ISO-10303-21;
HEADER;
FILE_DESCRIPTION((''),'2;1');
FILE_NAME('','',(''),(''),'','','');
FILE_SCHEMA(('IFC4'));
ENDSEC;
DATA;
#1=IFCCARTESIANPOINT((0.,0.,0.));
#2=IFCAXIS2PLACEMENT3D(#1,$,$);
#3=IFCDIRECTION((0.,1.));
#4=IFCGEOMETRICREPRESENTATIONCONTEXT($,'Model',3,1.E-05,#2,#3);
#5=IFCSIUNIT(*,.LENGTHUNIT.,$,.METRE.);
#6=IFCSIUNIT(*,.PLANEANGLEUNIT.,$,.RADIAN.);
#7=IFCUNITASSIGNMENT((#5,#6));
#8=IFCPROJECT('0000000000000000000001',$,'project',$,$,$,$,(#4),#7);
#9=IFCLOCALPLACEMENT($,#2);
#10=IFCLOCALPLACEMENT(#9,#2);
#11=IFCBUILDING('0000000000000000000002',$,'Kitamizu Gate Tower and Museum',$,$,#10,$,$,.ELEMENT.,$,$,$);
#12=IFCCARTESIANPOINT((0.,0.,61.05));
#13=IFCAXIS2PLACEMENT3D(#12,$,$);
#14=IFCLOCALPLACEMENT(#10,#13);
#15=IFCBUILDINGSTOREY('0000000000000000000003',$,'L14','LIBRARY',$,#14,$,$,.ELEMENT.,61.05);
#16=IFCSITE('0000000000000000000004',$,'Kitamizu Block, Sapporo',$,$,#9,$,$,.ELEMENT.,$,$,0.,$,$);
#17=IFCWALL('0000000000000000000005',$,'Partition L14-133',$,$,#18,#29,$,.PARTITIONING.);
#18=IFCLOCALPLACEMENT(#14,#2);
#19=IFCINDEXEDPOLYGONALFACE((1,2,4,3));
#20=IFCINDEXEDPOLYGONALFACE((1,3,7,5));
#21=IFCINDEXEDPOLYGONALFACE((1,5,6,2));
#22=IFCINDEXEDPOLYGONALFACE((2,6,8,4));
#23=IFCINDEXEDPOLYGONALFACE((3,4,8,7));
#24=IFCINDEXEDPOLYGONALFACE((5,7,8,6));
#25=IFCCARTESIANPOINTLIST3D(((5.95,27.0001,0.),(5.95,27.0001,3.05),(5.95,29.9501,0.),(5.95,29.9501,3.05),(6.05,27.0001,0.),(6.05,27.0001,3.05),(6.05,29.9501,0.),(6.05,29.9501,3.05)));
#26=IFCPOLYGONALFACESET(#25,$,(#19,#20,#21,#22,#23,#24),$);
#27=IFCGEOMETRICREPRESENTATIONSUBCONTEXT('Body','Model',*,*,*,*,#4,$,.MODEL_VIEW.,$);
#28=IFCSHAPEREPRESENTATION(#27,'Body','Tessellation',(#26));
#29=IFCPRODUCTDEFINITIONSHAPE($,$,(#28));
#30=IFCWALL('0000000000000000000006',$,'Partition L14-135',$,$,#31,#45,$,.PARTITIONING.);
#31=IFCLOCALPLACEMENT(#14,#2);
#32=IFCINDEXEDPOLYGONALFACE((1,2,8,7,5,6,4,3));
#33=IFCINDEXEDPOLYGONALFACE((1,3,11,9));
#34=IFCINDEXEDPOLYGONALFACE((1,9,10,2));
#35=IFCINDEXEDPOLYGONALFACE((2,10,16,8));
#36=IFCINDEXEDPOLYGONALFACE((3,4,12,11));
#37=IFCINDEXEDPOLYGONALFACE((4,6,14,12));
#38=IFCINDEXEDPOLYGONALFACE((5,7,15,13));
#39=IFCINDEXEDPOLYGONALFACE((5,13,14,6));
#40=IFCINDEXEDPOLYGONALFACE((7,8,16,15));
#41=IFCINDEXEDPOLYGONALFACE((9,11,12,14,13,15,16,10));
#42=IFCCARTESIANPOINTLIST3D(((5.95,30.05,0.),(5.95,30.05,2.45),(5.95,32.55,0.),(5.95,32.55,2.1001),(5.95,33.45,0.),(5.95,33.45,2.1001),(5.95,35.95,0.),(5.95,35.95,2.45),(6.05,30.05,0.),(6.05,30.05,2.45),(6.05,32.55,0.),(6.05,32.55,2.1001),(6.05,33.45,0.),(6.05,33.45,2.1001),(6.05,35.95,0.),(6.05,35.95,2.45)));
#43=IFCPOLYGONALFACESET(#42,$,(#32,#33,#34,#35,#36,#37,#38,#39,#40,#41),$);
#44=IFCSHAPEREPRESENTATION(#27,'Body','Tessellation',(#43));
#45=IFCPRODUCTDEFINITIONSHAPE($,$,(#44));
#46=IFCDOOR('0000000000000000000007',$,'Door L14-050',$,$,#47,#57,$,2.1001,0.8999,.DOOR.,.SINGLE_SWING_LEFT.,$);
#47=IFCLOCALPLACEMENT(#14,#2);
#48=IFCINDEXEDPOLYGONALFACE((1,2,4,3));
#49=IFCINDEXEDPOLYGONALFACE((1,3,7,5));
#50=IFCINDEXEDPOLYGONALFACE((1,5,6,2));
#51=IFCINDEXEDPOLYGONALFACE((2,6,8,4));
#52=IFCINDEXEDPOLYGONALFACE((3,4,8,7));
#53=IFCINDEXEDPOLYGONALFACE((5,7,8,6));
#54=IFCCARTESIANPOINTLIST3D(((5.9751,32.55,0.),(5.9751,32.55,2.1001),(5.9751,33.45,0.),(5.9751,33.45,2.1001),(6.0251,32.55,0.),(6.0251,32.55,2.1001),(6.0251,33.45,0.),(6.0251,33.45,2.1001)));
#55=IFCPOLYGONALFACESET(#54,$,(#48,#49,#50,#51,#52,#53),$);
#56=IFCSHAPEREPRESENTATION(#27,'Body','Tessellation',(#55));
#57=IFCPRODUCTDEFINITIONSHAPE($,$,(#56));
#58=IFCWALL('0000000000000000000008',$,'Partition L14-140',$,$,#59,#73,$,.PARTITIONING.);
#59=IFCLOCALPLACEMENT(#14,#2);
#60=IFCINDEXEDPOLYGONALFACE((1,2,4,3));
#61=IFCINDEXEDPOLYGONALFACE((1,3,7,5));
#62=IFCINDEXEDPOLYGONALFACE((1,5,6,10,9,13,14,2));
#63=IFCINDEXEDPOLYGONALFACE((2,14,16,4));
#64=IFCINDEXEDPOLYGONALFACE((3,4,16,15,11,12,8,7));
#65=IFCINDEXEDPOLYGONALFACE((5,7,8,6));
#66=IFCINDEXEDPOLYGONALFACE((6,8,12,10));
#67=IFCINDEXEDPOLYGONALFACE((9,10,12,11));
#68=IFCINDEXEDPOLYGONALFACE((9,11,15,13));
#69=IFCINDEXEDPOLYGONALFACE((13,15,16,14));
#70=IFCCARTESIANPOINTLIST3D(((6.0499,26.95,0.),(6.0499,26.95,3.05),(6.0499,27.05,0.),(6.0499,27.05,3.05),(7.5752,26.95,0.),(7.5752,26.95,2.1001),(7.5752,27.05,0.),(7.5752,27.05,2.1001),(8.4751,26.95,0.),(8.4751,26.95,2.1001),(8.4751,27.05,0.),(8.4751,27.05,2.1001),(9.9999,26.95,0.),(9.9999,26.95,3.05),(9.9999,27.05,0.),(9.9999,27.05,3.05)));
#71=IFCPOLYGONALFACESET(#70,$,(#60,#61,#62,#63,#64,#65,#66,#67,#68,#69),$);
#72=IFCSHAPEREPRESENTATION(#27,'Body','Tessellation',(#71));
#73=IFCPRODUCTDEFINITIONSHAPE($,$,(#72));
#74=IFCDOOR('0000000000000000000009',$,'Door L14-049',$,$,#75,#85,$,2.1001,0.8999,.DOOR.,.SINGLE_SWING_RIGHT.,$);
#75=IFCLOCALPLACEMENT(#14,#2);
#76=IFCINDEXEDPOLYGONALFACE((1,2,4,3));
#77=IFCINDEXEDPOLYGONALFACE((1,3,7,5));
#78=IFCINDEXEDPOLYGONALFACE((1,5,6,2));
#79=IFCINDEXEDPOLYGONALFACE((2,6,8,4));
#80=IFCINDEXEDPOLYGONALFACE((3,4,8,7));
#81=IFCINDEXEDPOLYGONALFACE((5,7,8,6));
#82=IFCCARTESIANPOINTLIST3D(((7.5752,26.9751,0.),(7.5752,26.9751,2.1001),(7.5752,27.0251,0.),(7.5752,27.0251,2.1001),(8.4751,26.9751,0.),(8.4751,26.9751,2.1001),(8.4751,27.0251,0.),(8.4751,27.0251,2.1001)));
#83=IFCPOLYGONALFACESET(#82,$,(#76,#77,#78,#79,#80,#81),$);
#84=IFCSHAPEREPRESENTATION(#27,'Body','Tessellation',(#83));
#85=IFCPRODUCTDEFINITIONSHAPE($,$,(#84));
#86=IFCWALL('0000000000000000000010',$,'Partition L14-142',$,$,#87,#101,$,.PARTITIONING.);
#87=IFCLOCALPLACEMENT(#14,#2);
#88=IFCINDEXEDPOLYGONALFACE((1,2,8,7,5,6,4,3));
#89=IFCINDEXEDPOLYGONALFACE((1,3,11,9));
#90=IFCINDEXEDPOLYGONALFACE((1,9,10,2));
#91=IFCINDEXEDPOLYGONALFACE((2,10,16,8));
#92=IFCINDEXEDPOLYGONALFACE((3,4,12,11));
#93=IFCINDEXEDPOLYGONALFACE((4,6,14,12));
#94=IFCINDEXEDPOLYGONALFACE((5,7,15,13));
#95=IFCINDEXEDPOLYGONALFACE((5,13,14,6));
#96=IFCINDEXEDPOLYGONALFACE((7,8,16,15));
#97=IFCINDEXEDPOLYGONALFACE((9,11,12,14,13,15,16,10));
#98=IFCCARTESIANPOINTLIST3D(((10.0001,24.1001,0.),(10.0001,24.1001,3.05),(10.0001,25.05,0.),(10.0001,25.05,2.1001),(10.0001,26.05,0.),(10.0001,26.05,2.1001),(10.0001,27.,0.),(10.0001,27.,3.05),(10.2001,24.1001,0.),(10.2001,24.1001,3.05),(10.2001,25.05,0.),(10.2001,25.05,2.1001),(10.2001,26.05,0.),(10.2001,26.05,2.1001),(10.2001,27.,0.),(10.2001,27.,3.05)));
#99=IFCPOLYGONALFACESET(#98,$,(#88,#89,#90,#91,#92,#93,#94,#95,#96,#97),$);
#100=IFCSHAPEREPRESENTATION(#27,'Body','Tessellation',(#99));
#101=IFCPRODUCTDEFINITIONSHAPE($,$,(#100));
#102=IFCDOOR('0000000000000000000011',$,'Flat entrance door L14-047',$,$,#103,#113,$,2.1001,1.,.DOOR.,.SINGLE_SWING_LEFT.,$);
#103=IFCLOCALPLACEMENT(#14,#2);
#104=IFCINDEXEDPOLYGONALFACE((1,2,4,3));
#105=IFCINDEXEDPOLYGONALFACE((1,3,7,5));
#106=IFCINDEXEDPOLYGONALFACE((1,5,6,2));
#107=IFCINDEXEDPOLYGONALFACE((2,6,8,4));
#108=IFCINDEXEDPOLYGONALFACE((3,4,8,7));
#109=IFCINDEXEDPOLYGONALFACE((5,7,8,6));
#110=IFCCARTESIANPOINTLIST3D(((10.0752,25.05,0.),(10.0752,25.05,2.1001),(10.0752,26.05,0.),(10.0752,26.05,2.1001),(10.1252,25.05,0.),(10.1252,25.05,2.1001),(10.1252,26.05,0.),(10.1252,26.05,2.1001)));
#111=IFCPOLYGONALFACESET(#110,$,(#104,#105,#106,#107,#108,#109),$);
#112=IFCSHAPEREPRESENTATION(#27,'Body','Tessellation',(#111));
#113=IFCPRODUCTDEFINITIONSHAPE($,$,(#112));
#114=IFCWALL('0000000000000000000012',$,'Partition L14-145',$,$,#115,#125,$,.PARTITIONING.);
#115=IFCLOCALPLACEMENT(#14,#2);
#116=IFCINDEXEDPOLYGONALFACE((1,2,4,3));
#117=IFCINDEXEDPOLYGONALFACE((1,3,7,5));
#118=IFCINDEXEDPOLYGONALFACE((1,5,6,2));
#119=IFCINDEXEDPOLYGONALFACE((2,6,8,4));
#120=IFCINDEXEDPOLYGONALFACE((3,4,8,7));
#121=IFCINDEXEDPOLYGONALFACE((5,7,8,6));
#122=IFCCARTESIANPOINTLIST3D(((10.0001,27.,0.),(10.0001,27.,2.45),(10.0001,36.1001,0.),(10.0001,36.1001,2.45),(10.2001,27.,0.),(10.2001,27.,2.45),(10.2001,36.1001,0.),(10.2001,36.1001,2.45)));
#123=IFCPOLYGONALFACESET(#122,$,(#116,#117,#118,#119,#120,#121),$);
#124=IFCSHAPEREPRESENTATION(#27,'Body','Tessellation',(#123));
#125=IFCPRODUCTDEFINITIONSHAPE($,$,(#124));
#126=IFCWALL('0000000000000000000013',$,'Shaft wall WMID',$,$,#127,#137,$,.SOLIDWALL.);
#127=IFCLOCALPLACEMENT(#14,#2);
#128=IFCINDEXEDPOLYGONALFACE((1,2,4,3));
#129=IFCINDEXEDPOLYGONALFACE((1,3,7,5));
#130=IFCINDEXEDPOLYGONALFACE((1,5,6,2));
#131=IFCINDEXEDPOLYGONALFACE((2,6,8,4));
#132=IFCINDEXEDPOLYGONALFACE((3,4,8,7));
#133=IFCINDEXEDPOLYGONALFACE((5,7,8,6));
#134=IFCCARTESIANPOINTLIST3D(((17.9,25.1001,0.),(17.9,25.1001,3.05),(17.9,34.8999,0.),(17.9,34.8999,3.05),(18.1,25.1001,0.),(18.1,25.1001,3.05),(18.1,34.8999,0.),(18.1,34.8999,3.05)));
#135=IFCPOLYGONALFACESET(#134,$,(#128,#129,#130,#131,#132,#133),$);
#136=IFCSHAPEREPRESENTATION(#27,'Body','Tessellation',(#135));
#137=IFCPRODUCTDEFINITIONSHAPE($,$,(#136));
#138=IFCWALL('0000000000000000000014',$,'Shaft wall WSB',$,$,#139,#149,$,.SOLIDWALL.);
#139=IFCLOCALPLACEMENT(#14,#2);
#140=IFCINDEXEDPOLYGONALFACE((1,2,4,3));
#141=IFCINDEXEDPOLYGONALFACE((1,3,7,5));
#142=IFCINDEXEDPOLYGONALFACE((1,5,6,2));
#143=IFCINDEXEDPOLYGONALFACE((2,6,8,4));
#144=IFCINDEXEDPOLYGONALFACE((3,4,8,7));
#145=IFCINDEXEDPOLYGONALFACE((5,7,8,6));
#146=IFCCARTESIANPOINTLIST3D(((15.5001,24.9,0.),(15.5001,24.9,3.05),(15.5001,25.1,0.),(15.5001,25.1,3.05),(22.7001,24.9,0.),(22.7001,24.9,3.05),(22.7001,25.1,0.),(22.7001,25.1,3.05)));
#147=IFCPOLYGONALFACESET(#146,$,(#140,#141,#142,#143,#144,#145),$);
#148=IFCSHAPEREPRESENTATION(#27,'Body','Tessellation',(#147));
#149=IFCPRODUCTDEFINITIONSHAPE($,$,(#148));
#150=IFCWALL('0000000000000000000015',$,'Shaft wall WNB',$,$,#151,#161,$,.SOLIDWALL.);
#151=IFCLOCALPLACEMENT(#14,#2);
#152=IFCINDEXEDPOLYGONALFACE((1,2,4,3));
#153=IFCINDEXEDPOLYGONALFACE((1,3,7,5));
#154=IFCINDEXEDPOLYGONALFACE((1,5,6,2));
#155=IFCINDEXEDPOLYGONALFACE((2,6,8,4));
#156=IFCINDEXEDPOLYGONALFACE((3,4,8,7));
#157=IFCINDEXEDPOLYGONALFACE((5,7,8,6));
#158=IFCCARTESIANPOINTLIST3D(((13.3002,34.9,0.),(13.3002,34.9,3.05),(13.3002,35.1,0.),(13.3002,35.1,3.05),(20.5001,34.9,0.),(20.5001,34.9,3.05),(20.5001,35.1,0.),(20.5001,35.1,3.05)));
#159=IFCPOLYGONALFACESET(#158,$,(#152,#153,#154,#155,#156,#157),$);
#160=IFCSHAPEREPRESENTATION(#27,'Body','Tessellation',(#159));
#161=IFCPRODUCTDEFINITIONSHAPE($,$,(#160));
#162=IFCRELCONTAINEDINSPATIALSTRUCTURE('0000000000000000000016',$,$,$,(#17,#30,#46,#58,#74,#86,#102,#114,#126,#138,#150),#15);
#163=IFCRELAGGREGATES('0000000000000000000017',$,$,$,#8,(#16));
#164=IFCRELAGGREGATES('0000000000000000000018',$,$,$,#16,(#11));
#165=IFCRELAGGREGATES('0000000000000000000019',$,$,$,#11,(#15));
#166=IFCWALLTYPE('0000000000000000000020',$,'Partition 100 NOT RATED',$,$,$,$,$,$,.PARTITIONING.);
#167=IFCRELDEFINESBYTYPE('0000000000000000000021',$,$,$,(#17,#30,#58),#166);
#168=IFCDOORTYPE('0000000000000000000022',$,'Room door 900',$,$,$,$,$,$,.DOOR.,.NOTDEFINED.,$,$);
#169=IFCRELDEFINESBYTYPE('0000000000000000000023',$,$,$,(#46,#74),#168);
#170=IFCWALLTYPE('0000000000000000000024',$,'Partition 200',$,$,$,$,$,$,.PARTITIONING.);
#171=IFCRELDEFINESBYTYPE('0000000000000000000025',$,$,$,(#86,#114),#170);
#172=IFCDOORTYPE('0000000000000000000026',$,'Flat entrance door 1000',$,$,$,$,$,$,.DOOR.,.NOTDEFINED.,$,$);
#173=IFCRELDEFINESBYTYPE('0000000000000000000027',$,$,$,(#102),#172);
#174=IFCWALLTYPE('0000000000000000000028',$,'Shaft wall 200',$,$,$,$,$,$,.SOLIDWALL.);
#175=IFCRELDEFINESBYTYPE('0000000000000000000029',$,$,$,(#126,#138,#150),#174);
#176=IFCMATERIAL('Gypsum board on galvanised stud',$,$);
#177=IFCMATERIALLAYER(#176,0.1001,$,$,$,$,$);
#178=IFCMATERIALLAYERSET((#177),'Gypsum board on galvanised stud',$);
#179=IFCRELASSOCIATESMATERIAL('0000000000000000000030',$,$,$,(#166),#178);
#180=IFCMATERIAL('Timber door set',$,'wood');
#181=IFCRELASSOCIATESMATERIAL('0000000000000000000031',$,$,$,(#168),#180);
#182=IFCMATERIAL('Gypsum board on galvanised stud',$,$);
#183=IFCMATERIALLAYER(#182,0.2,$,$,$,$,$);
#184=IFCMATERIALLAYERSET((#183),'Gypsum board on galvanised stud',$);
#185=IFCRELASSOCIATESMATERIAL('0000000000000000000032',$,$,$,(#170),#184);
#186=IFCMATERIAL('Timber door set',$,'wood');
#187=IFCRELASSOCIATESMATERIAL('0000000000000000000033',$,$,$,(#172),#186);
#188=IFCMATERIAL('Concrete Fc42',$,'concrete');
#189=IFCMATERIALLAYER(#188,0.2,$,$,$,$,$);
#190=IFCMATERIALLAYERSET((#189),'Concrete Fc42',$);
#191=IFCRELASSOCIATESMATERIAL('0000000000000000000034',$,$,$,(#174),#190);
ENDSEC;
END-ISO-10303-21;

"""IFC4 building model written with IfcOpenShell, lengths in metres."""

from ifc_helpers import new_model, si_unit, direction, frame, frame_2d, origin, place, context, subcontext, project, spatial, rectangle, extrude, material, layer, layer_set, type_object, element, fill, save


model = new_model("IFC4")

# Units and contexts
model_context = context("Model", 3, precision=1e-05, world=origin(), true_north=direction((0.0, 1.0)))
body_context = subcontext(model_context, "Body", "Model", "MODEL_VIEW")
ifc_project = project(units=[si_unit("LENGTHUNIT", "METRE"), si_unit("PLANEANGLEUNIT", "RADIAN")], contexts=[model_context])

# Site, building, storey
site_placement = place(None, origin())
site = spatial("IfcSite", under=ifc_project, at=site_placement, Name="Kitamizu Block, Sapporo", CompositionType="ELEMENT", RefElevation=0.0)
building_placement = place(site_placement, origin())
building = spatial("IfcBuilding", under=site, at=building_placement, Name="Kitamizu Gate Tower and Museum", CompositionType="ELEMENT")
storey_placement = place(building_placement, frame((0.0, 0.0, 61.05)))
storey = spatial("IfcBuildingStorey", under=building, at=storey_placement, Name="L14", Description="LIBRARY", CompositionType="ELEMENT", Elevation=61.05)

# Wall
ifc_material_1 = material(Name="Gypsum board on galvanised stud")
ifc_layer_1 = layer(ifc_material_1, 0.1001)
ifc_layer_set_1 = layer_set([ifc_layer_1], Name="Gypsum board on galvanised stud")
wall_type_1 = type_object("IfcWallType", Name="Partition 100 NOT RATED", PredefinedType="PARTITIONING", material=ifc_layer_set_1)
wall_1_placement = place(storey_placement, frame((6.0, 27.0, 0.0), z_axis=(0.0, 0.0, 1.0), x_axis=(0.0, 1.0, 0.0)))
element("IfcWall", 1, at=wall_1_placement, inside=storey, type_object=wall_type_1, Name="Partition L14-133", PredefinedType="PARTITIONING", context=body_context, shape_type="SweptSolid", body=[
    extrude(rectangle(XDim=2.95, YDim=0.1001, at=frame_2d((1.4751, 0.0))), origin(), (0.0, 0.0, 1.0), 3.05),
])

# Walls, openings, doors
wall_2_placement = place(storey_placement, frame((6.0, 30.05, 0.0), z_axis=(0.0, 0.0, 1.0), x_axis=(0.0, 1.0, 0.0)))
wall_2 = element("IfcWall", 2, at=wall_2_placement, inside=storey, type_object=wall_type_1, Name="Partition L14-135", PredefinedType="PARTITIONING", context=body_context, shape_type="SweptSolid", body=[
    extrude(rectangle(XDim=5.8999, YDim=0.1001, at=frame_2d((2.95, 0.0))), origin(), (0.0, 0.0, 1.0), 2.45),
])
opening_1_placement = place(wall_2_placement, frame((2.5, 0.0, 0.0)))
opening_1 = element("IfcOpeningElement", 3, at=opening_1_placement, cuts=wall_2, PredefinedType="OPENING", context=body_context, shape_type="SweptSolid", body=[
    extrude(rectangle(XDim=0.8999, YDim=2.1001, at=frame_2d((0.45, 1.05))), frame((0.0, 0.0601, 0.0), z_axis=(0.0, -1.0, 0.0), x_axis=(1.0, 0.0, 0.0)), (0.0, 0.0, 1.0), 0.1201),
])
ifc_material_2 = material(Name="Timber door set", Category="wood")
door_type_1 = type_object("IfcDoorType", Name="Room door 900", OperationType="NOTDEFINED", PredefinedType="DOOR", material=ifc_material_2)
door_1_placement = place(opening_1_placement, origin())
door_1 = element("IfcDoor", 4, at=door_1_placement, inside=storey, type_object=door_type_1, Name="Door L14-050", OperationType="SINGLE_SWING_LEFT", OverallHeight=2.1001, OverallWidth=0.8999, PredefinedType="DOOR", context=body_context, shape_type="SweptSolid", body=[
    extrude(rectangle(XDim=0.8999, YDim=2.1001, at=frame_2d((0.45, 1.05))), frame((0.0, 0.0249, 0.0), z_axis=(0.0, -1.0, 0.0), x_axis=(1.0, 0.0, 0.0)), (0.0, 0.0, 1.0), 0.05),
])
fill(opening_1, door_1)
wall_3_placement = place(storey_placement, frame((10.0, 27.0, 0.0), z_axis=(0.0, 0.0, 1.0), x_axis=(-1.0, 0.0, 0.0)))
wall_3 = element("IfcWall", 5, at=wall_3_placement, inside=storey, type_object=wall_type_1, Name="Partition L14-140", PredefinedType="PARTITIONING", context=body_context, shape_type="SweptSolid", body=[
    extrude(rectangle(XDim=3.95, YDim=0.1001, at=frame_2d((1.9751, 0.0))), origin(), (0.0, 0.0, 1.0), 3.05),
])
opening_2_placement = place(wall_3_placement, frame((1.5249, 0.0, 0.0)))
opening_2 = element("IfcOpeningElement", 6, at=opening_2_placement, cuts=wall_3, PredefinedType="OPENING", context=body_context, shape_type="SweptSolid", body=[
    extrude(rectangle(XDim=0.8999, YDim=2.1001, at=frame_2d((0.45, 1.05))), frame((0.0, 0.0601, 0.0), z_axis=(0.0, -1.0, 0.0), x_axis=(1.0, 0.0, 0.0)), (0.0, 0.0, 1.0), 0.1201),
])
door_2_placement = place(opening_2_placement, origin())
door_2 = element("IfcDoor", 7, at=door_2_placement, inside=storey, type_object=door_type_1, Name="Door L14-049", OperationType="SINGLE_SWING_RIGHT", OverallHeight=2.1001, OverallWidth=0.8999, PredefinedType="DOOR", context=body_context, shape_type="SweptSolid", body=[
    extrude(rectangle(XDim=0.8999, YDim=2.1001, at=frame_2d((0.45, 1.05))), frame((0.0, 0.0249, 0.0), z_axis=(0.0, -1.0, 0.0), x_axis=(1.0, 0.0, 0.0)), (0.0, 0.0, 1.0), 0.05),
])
fill(opening_2, door_2)
ifc_material_3 = material(Name="Gypsum board on galvanised stud")
ifc_layer_2 = layer(ifc_material_3, 0.2)
ifc_layer_set_2 = layer_set([ifc_layer_2], Name="Gypsum board on galvanised stud")
wall_type_2 = type_object("IfcWallType", Name="Partition 200", PredefinedType="PARTITIONING", material=ifc_layer_set_2)
wall_4_placement = place(storey_placement, frame((10.1001, 24.1001, 0.0), z_axis=(0.0, 0.0, 1.0), x_axis=(0.0, 1.0, 0.0)))
wall_4 = element("IfcWall", 8, at=wall_4_placement, inside=storey, type_object=wall_type_2, Name="Partition L14-142", PredefinedType="PARTITIONING", context=body_context, shape_type="SweptSolid", body=[
    extrude(rectangle(XDim=2.8999, YDim=0.2, at=frame_2d((1.45, 0.0))), origin(), (0.0, 0.0, 1.0), 3.05),
])
opening_3_placement = place(wall_4_placement, frame((0.95, 0.0, 0.0)))
opening_3 = element("IfcOpeningElement", 9, at=opening_3_placement, cuts=wall_4, PredefinedType="OPENING", context=body_context, shape_type="SweptSolid", body=[
    extrude(rectangle(XDim=1.0, YDim=2.1001, at=frame_2d((0.5, 1.05))), frame((0.0, 0.1099, 0.0), z_axis=(0.0, -1.0, 0.0), x_axis=(1.0, 0.0, 0.0)), (0.0, 0.0, 1.0), 0.22),
])
ifc_material_4 = material(Name="Timber door set", Category="wood")
door_type_2 = type_object("IfcDoorType", Name="Flat entrance door 1000", OperationType="NOTDEFINED", PredefinedType="DOOR", material=ifc_material_4)
door_3_placement = place(opening_3_placement, origin())
door_3 = element("IfcDoor", 10, at=door_3_placement, inside=storey, type_object=door_type_2, Name="Flat entrance door L14-047", OperationType="SINGLE_SWING_LEFT", OverallHeight=2.1001, OverallWidth=1.0, PredefinedType="DOOR", context=body_context, shape_type="SweptSolid", body=[
    extrude(rectangle(XDim=1.0, YDim=2.1001, at=frame_2d((0.5, 1.05))), frame((0.0, 0.0249, 0.0), z_axis=(0.0, -1.0, 0.0), x_axis=(1.0, 0.0, 0.0)), (0.0, 0.0, 1.0), 0.05),
])
fill(opening_3, door_3)

# Walls
wall_5_placement = place(storey_placement, frame((10.1001, 27.0, 0.0), z_axis=(0.0, 0.0, 1.0), x_axis=(0.0, 1.0, 0.0)))
element("IfcWall", 11, at=wall_5_placement, inside=storey, type_object=wall_type_2, Name="Partition L14-145", PredefinedType="PARTITIONING", context=body_context, shape_type="SweptSolid", body=[
    extrude(rectangle(XDim=9.1001, YDim=0.2, at=frame_2d((4.55, 0.0))), origin(), (0.0, 0.0, 1.0), 2.45),
])
ifc_material_5 = material(Name="Concrete Fc42", Category="concrete")
ifc_layer_3 = layer(ifc_material_5, 0.2)
ifc_layer_set_3 = layer_set([ifc_layer_3], Name="Concrete Fc42")
wall_type_3 = type_object("IfcWallType", Name="Shaft wall 200", PredefinedType="SOLIDWALL", material=ifc_layer_set_3)
wall_6_placement = place(storey_placement, frame((18.0, 25.1001, 0.0), z_axis=(0.0, 0.0, 1.0), x_axis=(0.0, 1.0, 0.0)))
element("IfcWall", 12, at=wall_6_placement, inside=storey, type_object=wall_type_3, Name="Shaft wall WMID", PredefinedType="SOLIDWALL", context=body_context, shape_type="SweptSolid", body=[
    extrude(rectangle(XDim=9.7998, YDim=0.2, at=frame_2d((4.8999, 0.0))), origin(), (0.0, 0.0, 1.0), 3.05),
])
for number, where, z_axis, x_axis, name in (
    (13, (15.5, 25.0, 0.0), (0.0, 0.0, 1.0), (1.0, 0.0, 0.0), "Shaft wall WSB"),
    (14, (13.3, 35.0, 0.0), (0.0, 0.0, 1.0), (1.0, 0.0, 0.0), "Shaft wall WNB"),
):
    element("IfcWall", number, at=place(storey_placement, frame(where, z_axis=z_axis, x_axis=x_axis)), inside=storey, type_object=wall_type_3, Name=name, PredefinedType="SOLIDWALL", context=body_context, shape_type="SweptSolid", body=[
        extrude(rectangle(XDim=7.2, YDim=0.2, at=frame_2d((3.6001, 0.0))), origin(), (0.0, 0.0, 1.0), 3.05),
    ])

save(model, "model.ifc")
